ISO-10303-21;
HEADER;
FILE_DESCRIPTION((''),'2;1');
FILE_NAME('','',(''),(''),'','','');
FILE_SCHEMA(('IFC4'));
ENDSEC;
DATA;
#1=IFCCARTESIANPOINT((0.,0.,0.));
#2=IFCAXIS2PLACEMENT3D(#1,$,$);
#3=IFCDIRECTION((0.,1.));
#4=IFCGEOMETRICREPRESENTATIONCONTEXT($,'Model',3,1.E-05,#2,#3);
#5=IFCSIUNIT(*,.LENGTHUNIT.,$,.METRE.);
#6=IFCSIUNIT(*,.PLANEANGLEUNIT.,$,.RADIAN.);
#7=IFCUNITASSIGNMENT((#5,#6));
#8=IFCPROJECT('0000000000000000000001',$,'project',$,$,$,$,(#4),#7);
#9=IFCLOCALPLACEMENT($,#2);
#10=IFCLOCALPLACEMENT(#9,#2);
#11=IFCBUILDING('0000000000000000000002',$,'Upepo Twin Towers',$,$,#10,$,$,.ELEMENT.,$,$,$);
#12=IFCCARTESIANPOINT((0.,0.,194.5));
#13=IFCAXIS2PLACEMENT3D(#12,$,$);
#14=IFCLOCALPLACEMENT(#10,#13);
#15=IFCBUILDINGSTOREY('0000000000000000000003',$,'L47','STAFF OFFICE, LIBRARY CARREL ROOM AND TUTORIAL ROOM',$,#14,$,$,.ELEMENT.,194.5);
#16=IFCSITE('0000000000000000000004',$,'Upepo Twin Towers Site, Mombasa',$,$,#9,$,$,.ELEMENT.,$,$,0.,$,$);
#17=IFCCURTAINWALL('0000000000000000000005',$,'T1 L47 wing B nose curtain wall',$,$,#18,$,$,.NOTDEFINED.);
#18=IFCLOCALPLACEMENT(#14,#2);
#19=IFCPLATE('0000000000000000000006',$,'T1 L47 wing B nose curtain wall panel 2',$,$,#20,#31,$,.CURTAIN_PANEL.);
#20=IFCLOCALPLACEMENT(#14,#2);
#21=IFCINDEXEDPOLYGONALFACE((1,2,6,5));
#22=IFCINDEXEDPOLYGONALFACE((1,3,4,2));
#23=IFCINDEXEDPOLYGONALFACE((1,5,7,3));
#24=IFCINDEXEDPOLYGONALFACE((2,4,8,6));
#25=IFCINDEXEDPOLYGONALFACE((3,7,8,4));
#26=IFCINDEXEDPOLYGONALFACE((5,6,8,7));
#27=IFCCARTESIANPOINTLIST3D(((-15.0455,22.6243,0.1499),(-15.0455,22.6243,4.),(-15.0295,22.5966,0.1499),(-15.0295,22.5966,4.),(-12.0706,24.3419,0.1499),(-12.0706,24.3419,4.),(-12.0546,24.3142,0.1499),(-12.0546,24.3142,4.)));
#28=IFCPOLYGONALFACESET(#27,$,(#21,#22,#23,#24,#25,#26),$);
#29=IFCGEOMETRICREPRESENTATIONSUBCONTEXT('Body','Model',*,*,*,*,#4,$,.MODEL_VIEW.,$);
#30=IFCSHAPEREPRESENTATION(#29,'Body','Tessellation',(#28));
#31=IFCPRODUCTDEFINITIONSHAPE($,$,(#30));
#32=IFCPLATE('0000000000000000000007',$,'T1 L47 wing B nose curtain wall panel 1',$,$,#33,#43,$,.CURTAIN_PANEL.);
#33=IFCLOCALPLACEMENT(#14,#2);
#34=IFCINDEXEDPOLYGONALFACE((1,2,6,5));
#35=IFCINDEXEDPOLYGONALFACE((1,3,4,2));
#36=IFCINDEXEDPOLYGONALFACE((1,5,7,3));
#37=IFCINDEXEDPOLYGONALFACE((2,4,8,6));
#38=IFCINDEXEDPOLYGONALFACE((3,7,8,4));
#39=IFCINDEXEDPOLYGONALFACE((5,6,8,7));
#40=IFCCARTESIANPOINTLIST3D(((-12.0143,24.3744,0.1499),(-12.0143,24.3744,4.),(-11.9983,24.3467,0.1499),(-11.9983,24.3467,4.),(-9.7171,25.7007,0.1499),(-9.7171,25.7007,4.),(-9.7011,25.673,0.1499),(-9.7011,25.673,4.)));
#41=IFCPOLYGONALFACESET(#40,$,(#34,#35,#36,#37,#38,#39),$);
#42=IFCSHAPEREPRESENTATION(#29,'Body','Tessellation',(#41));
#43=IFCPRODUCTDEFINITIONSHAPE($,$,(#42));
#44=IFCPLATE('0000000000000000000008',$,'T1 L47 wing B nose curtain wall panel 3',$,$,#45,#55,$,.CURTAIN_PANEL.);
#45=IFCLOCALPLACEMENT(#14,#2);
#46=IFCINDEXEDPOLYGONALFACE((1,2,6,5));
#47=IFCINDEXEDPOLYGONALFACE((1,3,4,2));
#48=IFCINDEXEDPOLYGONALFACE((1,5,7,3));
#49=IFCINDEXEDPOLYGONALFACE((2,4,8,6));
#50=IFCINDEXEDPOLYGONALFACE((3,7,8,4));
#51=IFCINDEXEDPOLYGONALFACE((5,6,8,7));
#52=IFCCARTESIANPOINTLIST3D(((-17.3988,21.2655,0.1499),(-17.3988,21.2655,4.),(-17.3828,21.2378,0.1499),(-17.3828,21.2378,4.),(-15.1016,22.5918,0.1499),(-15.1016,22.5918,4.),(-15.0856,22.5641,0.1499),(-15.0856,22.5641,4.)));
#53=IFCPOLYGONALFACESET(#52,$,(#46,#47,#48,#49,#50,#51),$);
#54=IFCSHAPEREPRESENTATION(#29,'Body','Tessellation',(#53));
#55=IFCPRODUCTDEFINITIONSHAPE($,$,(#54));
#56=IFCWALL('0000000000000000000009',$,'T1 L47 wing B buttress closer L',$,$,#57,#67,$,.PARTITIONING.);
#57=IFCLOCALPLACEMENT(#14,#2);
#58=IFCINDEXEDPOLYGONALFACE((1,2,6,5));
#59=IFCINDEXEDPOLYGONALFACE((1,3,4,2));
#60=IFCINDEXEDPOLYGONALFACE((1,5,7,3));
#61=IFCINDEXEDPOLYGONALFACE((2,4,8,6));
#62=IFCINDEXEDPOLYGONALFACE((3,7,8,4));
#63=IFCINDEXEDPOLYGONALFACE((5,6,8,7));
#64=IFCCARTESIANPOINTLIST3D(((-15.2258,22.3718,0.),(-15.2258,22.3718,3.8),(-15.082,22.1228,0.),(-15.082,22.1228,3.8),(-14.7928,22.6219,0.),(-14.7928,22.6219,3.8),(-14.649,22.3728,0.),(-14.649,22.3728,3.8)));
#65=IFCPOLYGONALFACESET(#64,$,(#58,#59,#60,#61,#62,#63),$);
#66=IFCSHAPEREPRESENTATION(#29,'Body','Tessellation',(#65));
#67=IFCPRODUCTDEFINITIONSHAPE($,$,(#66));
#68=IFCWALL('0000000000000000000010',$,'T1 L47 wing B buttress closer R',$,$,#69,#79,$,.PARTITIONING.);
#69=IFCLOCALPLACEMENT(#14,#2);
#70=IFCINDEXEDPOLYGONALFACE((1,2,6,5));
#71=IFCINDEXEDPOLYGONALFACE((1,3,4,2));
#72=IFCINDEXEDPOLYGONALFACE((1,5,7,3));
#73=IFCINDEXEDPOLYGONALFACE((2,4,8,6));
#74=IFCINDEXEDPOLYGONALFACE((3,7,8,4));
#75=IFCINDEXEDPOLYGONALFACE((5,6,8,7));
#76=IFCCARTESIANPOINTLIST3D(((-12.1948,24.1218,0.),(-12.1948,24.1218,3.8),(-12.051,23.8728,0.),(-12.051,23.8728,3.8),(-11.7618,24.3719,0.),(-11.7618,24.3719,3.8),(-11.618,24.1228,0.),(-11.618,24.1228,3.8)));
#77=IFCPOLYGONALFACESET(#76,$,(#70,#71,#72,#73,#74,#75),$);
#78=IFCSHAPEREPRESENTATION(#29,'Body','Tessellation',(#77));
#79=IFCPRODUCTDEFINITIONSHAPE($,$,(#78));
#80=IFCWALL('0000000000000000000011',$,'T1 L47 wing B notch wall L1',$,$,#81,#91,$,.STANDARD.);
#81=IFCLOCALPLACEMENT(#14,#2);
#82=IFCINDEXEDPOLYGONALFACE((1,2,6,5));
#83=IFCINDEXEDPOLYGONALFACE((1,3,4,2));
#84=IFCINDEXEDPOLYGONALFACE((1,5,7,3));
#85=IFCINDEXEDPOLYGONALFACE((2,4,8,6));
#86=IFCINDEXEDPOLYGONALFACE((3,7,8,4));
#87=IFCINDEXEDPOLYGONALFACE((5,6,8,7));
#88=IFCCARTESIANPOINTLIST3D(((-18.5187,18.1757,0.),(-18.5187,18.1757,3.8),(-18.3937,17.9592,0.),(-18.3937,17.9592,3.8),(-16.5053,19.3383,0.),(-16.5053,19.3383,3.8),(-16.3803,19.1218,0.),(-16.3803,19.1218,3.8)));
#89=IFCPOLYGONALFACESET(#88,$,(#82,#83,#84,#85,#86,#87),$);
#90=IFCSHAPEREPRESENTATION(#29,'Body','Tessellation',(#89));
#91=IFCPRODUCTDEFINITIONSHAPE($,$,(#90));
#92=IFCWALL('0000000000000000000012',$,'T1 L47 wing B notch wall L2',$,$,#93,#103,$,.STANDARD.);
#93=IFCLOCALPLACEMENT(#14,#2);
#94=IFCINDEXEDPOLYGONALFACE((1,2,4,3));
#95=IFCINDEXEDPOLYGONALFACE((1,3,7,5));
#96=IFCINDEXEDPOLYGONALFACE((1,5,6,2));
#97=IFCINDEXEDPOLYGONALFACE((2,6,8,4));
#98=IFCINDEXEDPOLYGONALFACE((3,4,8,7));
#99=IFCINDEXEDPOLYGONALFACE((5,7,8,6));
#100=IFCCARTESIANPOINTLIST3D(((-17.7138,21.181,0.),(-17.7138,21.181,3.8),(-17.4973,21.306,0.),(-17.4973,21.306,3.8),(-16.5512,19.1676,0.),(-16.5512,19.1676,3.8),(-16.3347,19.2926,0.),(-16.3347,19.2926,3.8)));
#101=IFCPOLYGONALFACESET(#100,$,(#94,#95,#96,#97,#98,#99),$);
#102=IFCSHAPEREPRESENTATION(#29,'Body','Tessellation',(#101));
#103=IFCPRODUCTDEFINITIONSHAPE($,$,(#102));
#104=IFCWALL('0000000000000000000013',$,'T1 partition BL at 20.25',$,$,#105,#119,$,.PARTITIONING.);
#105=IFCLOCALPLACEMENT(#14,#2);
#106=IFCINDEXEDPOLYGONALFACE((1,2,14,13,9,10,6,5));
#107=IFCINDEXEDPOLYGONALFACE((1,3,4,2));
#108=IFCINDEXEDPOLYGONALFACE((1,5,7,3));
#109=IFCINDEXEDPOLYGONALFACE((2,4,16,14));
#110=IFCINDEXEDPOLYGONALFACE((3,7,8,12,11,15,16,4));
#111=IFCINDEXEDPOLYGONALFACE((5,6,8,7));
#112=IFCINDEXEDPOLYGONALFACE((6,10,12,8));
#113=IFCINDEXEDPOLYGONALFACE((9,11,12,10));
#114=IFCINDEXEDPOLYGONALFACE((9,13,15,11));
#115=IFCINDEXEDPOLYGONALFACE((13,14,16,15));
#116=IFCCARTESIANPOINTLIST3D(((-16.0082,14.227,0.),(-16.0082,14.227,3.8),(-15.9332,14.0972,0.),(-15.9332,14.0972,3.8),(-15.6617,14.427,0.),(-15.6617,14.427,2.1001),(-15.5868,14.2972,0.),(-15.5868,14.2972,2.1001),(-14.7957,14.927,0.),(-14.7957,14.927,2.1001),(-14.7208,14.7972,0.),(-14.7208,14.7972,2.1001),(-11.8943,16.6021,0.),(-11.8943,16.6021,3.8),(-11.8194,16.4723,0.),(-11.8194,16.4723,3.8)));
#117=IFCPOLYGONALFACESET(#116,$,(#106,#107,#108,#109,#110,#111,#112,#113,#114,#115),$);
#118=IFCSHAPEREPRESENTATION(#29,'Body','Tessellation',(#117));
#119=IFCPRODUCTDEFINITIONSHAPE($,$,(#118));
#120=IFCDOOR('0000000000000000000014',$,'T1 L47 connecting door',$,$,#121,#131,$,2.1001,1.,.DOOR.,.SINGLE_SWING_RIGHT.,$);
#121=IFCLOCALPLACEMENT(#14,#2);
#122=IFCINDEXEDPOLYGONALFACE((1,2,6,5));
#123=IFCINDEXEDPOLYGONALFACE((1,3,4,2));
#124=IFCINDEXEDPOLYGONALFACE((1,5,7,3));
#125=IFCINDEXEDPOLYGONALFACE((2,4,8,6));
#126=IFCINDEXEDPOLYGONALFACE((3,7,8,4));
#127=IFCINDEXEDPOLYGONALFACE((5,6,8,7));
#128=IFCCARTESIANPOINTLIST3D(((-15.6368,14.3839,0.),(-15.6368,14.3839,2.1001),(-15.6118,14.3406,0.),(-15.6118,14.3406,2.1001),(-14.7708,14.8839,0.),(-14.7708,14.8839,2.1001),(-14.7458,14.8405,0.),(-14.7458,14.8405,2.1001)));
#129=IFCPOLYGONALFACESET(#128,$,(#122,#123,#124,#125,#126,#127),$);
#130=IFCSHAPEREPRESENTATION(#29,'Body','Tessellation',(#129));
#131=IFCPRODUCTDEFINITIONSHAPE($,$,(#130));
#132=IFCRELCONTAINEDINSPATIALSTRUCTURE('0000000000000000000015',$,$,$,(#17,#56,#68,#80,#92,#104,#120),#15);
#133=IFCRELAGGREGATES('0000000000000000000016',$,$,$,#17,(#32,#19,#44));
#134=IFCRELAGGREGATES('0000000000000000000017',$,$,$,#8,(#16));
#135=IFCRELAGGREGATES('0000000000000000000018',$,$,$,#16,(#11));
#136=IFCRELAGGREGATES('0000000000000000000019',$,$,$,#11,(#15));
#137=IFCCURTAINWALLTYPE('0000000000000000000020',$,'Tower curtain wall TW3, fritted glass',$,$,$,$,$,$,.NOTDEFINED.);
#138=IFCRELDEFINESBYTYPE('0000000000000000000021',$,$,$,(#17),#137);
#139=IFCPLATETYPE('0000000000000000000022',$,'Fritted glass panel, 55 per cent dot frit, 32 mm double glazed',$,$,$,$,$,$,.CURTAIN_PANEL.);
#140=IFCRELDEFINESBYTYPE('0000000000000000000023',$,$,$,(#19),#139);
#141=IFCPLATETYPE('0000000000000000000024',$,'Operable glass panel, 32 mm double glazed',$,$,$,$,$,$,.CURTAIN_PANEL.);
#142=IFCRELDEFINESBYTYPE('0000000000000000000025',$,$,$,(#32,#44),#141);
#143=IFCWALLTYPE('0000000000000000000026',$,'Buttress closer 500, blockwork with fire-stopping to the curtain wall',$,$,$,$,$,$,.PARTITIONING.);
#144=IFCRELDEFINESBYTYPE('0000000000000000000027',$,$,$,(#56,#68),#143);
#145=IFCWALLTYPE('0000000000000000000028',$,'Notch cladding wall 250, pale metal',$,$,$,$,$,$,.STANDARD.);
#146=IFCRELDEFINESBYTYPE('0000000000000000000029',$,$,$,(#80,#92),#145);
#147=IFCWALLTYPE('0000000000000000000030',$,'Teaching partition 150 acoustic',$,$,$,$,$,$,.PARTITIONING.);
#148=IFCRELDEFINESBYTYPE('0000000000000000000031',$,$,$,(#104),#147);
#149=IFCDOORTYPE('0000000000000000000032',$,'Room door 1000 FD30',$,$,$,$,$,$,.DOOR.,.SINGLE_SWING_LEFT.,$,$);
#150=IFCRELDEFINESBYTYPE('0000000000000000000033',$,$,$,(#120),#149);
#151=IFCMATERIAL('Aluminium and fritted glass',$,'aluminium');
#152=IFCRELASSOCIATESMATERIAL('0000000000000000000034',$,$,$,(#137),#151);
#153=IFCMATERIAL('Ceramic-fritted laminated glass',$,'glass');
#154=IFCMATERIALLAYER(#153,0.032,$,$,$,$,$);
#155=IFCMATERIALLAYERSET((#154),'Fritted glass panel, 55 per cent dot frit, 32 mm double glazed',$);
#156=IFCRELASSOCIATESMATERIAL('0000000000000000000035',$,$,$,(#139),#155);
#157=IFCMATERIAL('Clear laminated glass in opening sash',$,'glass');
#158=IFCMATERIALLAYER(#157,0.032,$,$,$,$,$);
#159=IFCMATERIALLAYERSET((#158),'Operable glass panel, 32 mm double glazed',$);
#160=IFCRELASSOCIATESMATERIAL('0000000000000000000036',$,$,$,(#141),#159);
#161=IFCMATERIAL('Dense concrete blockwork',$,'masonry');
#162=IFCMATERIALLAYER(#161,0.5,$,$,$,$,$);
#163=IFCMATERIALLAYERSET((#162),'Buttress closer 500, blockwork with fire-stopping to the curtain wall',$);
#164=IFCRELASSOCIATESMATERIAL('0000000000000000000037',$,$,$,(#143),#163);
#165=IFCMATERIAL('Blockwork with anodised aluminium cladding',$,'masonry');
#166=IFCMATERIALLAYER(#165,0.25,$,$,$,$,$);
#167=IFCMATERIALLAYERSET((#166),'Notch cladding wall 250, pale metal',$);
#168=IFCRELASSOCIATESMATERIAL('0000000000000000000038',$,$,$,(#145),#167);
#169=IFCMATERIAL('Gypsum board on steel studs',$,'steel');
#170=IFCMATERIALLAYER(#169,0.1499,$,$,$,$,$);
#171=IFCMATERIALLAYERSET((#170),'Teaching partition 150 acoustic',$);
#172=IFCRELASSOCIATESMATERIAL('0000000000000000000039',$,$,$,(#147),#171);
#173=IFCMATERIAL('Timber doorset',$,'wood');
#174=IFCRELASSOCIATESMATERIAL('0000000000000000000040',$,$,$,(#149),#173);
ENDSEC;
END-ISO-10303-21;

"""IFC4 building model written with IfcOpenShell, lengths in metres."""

from ifc_helpers import new_model, si_unit, direction, frame, frame_2d, origin, origin_2d, place, context, subcontext, project, spatial, rectangle, extrude, material, layer, layer_set, type_object, element, fill, aggregate, save


model = new_model("IFC4")

# Units and contexts
model_context = context("Model", 3, precision=1e-05, world=origin(), true_north=direction((0.0, 1.0)))
body_context = subcontext(model_context, "Body", "Model", "MODEL_VIEW")
ifc_project = project(units=[si_unit("LENGTHUNIT", "METRE"), si_unit("PLANEANGLEUNIT", "RADIAN")], contexts=[model_context])

# Site, building, storey
site_placement = place(None, origin())
site = spatial("IfcSite", under=ifc_project, at=site_placement, Name="Upepo Twin Towers Site, Mombasa", CompositionType="ELEMENT", RefElevation=0.0)
building_placement = place(site_placement, origin())
building = spatial("IfcBuilding", under=site, at=building_placement, Name="Upepo Twin Towers", CompositionType="ELEMENT")
storey_placement = place(building_placement, frame((0.0, 0.0, 194.5)))
storey = spatial("IfcBuildingStorey", under=building, at=storey_placement, Name="L47", Description="STAFF OFFICE, LIBRARY CARREL ROOM AND TUTORIAL ROOM", CompositionType="ELEMENT", Elevation=194.5)

# Curtain wall
ifc_material_1 = material(Name="Aluminium and fritted glass", Category="aluminium")
curtain_wall_type = type_object("IfcCurtainWallType", Name="Tower curtain wall TW3, fritted glass", PredefinedType="NOTDEFINED", material=ifc_material_1)
curtain_wall_1_placement = place(storey_placement, origin())
curtain_wall_1 = element("IfcCurtainWall", 1, at=curtain_wall_1_placement, inside=storey, type_object=curtain_wall_type, Name="T1 L47 wing B nose curtain wall", PredefinedType="NOTDEFINED")

# Plates
ifc_material_2 = material(Name="Ceramic-fritted laminated glass", Category="glass")
ifc_layer_1 = layer(ifc_material_2, 0.032)
ifc_layer_set_1 = layer_set([ifc_layer_1], Name="Fritted glass panel, 55 per cent dot frit, 32 mm double glazed")
plate_type_1 = type_object("IfcPlateType", Name="Fritted glass panel, 55 per cent dot frit, 32 mm double glazed", PredefinedType="CURTAIN_PANEL", material=ifc_layer_set_1)
plate_1_placement = place(storey_placement, frame((-13.55, 23.4692, 0.1499), z_axis=(0.0, 0.0, 1.0), x_axis=(-0.866025, -0.5, 0.0)))
plate_1 = element("IfcPlate", 2, at=plate_1_placement, type_object=plate_type_1, Name="T1 L47 wing B nose curtain wall panel 2", PredefinedType="CURTAIN_PANEL", context=body_context, shape_type="SweptSolid", body=[
    extrude(rectangle(XDim=3.4351, YDim=0.032, at=origin_2d()), origin(), (0.0, 0.0, 1.0), 3.8501),
])
ifc_material_3 = material(Name="Clear laminated glass in opening sash", Category="glass")
ifc_layer_2 = layer(ifc_material_3, 0.032)
ifc_layer_set_2 = layer_set([ifc_layer_2], Name="Operable glass panel, 32 mm double glazed")
plate_type_2 = type_object("IfcPlateType", Name="Operable glass panel, 32 mm double glazed", PredefinedType="CURTAIN_PANEL", material=ifc_layer_set_2)
plate_2_placement = place(storey_placement, frame((-10.8577, 25.0237, 0.1499), z_axis=(0.0, 0.0, 1.0), x_axis=(-0.866025, -0.5, 0.0)))
plate_2 = element("IfcPlate", 3, at=plate_2_placement, type_object=plate_type_2, Name="T1 L47 wing B nose curtain wall panel 1", PredefinedType="CURTAIN_PANEL", context=body_context, shape_type="SweptSolid", body=[
    extrude(rectangle(XDim=2.6526, YDim=0.032, at=origin_2d()), origin(), (0.0, 0.0, 1.0), 3.8501),
])
plate_3_placement = place(storey_placement, frame((-16.2422, 21.9148, 0.1499), z_axis=(0.0, 0.0, 1.0), x_axis=(-0.866025, -0.5, 0.0)))
plate_3 = element("IfcPlate", 4, at=plate_3_placement, type_object=plate_type_2, Name="T1 L47 wing B nose curtain wall panel 3", PredefinedType="CURTAIN_PANEL", context=body_context, shape_type="SweptSolid", body=[
    extrude(rectangle(XDim=2.6526, YDim=0.032, at=origin_2d()), origin(), (0.0, 0.0, 1.0), 3.8501),
])
aggregate(curtain_wall_1, [plate_2, plate_1, plate_3])

# Walls
ifc_material_4 = material(Name="Dense concrete blockwork", Category="masonry")
ifc_layer_3 = layer(ifc_material_4, 0.5)
ifc_layer_set_3 = layer_set([ifc_layer_3], Name="Buttress closer 500, blockwork with fire-stopping to the curtain wall")
wall_type_1 = type_object("IfcWallType", Name="Buttress closer 500, blockwork with fire-stopping to the curtain wall", PredefinedType="PARTITIONING", material=ifc_layer_set_3)
for number, where, z_axis, x_axis, name in (
    (5, (-14.8655, 22.2478, 0.0), (0.0, 0.0, 1.0), (-0.500065, 0.865988, 0.0), "T1 L47 wing B buttress closer L"),
    (6, (-11.8345, 23.9978, 0.0), (0.0, 0.0, 1.0), (-0.500065, 0.865988, 0.0), "T1 L47 wing B buttress closer R"),
):
    element("IfcWall", number, at=place(storey_placement, frame(where, z_axis=z_axis, x_axis=x_axis)), inside=storey, type_object=wall_type_1, Name=name, PredefinedType="PARTITIONING", context=body_context, shape_type="SweptSolid", body=[
        extrude(rectangle(XDim=0.2876, YDim=0.5, at=frame_2d((0.1438, 0.0))), origin(), (0.0, 0.0, 1.0), 3.8),
    ])
ifc_material_5 = material(Name="Blockwork with anodised aluminium cladding", Category="masonry")
ifc_layer_4 = layer(ifc_material_5, 0.25)
ifc_layer_set_4 = layer_set([ifc_layer_4], Name="Notch cladding wall 250, pale metal")
wall_type_2 = type_object("IfcWallType", Name="Notch cladding wall 250, pale metal", PredefinedType="STANDARD", material=ifc_layer_set_4)
for number, where, z_axis, x_axis, name in (
    (7, (-18.4563, 18.0674, 0.0), (0.0, 0.0, 1.0), (0.865998, 0.500047, 0.0), "T1 L47 wing B notch wall L1"),
    (8, (-16.4429, 19.23, 0.0), (0.0, 0.0, 1.0), (-0.500047, 0.865998, 0.0), "T1 L47 wing B notch wall L2"),
):
    element("IfcWall", number, at=place(storey_placement, frame(where, z_axis=z_axis, x_axis=x_axis)), inside=storey, type_object=wall_type_2, Name=name, PredefinedType="STANDARD", context=body_context, shape_type="SweptSolid", body=[
        extrude(rectangle(XDim=2.325, YDim=0.25, at=frame_2d((1.1626, 0.0))), origin(), (0.0, 0.0, 1.0), 3.8),
    ])

# Wall, opening, door
ifc_material_6 = material(Name="Gypsum board on steel studs", Category="steel")
ifc_layer_5 = layer(ifc_material_6, 0.1499)
ifc_layer_set_5 = layer_set([ifc_layer_5], Name="Teaching partition 150 acoustic")
wall_type_3 = type_object("IfcWallType", Name="Teaching partition 150 acoustic", PredefinedType="PARTITIONING", material=ifc_layer_set_5)
wall_placement = place(storey_placement, frame((-11.8569, 16.5371, 0.0), z_axis=(0.0, 0.0, 1.0), x_axis=(-0.866033, -0.499986, 0.0)))
wall = element("IfcWall", 9, at=wall_placement, inside=storey, type_object=wall_type_3, Name="T1 partition BL at 20.25", PredefinedType="PARTITIONING", context=body_context, shape_type="SweptSolid", body=[
    extrude(rectangle(XDim=4.7502, YDim=0.1499, at=frame_2d((2.375, 0.0))), origin(), (0.0, 0.0, 1.0), 3.8),
])
opening_placement = place(wall_placement, frame((3.3501, 0.0, 0.0)))
opening = element("IfcOpeningElement", 10, at=opening_placement, cuts=wall, PredefinedType="OPENING", context=body_context, shape_type="SweptSolid", body=[
    extrude(rectangle(XDim=1.0, YDim=2.1001, at=frame_2d((0.5, 1.05))), frame((0.0, 0.085, 0.0), z_axis=(0.0, -1.0, 0.0), x_axis=(1.0, 0.0, 0.0)), (0.0, 0.0, 1.0), 0.1699),
])
ifc_material_7 = material(Name="Timber doorset", Category="wood")
door_type = type_object("IfcDoorType", Name="Room door 1000 FD30", OperationType="SINGLE_SWING_LEFT", PredefinedType="DOOR", material=ifc_material_7)
door_placement = place(opening_placement, origin())
door = element("IfcDoor", 11, at=door_placement, inside=storey, type_object=door_type, Name="T1 L47 connecting door", OperationType="SINGLE_SWING_RIGHT", OverallHeight=2.1001, OverallWidth=1.0, PredefinedType="DOOR", context=body_context, shape_type="SweptSolid", body=[
    extrude(rectangle(XDim=1.0, YDim=2.1001, at=frame_2d((0.5, 1.05))), frame((0.0, 0.0249, 0.0), z_axis=(0.0, -1.0, 0.0), x_axis=(1.0, 0.0, 0.0)), (0.0, 0.0, 1.0), 0.05),
])
fill(opening, door)

save(model, "model.ifc")
